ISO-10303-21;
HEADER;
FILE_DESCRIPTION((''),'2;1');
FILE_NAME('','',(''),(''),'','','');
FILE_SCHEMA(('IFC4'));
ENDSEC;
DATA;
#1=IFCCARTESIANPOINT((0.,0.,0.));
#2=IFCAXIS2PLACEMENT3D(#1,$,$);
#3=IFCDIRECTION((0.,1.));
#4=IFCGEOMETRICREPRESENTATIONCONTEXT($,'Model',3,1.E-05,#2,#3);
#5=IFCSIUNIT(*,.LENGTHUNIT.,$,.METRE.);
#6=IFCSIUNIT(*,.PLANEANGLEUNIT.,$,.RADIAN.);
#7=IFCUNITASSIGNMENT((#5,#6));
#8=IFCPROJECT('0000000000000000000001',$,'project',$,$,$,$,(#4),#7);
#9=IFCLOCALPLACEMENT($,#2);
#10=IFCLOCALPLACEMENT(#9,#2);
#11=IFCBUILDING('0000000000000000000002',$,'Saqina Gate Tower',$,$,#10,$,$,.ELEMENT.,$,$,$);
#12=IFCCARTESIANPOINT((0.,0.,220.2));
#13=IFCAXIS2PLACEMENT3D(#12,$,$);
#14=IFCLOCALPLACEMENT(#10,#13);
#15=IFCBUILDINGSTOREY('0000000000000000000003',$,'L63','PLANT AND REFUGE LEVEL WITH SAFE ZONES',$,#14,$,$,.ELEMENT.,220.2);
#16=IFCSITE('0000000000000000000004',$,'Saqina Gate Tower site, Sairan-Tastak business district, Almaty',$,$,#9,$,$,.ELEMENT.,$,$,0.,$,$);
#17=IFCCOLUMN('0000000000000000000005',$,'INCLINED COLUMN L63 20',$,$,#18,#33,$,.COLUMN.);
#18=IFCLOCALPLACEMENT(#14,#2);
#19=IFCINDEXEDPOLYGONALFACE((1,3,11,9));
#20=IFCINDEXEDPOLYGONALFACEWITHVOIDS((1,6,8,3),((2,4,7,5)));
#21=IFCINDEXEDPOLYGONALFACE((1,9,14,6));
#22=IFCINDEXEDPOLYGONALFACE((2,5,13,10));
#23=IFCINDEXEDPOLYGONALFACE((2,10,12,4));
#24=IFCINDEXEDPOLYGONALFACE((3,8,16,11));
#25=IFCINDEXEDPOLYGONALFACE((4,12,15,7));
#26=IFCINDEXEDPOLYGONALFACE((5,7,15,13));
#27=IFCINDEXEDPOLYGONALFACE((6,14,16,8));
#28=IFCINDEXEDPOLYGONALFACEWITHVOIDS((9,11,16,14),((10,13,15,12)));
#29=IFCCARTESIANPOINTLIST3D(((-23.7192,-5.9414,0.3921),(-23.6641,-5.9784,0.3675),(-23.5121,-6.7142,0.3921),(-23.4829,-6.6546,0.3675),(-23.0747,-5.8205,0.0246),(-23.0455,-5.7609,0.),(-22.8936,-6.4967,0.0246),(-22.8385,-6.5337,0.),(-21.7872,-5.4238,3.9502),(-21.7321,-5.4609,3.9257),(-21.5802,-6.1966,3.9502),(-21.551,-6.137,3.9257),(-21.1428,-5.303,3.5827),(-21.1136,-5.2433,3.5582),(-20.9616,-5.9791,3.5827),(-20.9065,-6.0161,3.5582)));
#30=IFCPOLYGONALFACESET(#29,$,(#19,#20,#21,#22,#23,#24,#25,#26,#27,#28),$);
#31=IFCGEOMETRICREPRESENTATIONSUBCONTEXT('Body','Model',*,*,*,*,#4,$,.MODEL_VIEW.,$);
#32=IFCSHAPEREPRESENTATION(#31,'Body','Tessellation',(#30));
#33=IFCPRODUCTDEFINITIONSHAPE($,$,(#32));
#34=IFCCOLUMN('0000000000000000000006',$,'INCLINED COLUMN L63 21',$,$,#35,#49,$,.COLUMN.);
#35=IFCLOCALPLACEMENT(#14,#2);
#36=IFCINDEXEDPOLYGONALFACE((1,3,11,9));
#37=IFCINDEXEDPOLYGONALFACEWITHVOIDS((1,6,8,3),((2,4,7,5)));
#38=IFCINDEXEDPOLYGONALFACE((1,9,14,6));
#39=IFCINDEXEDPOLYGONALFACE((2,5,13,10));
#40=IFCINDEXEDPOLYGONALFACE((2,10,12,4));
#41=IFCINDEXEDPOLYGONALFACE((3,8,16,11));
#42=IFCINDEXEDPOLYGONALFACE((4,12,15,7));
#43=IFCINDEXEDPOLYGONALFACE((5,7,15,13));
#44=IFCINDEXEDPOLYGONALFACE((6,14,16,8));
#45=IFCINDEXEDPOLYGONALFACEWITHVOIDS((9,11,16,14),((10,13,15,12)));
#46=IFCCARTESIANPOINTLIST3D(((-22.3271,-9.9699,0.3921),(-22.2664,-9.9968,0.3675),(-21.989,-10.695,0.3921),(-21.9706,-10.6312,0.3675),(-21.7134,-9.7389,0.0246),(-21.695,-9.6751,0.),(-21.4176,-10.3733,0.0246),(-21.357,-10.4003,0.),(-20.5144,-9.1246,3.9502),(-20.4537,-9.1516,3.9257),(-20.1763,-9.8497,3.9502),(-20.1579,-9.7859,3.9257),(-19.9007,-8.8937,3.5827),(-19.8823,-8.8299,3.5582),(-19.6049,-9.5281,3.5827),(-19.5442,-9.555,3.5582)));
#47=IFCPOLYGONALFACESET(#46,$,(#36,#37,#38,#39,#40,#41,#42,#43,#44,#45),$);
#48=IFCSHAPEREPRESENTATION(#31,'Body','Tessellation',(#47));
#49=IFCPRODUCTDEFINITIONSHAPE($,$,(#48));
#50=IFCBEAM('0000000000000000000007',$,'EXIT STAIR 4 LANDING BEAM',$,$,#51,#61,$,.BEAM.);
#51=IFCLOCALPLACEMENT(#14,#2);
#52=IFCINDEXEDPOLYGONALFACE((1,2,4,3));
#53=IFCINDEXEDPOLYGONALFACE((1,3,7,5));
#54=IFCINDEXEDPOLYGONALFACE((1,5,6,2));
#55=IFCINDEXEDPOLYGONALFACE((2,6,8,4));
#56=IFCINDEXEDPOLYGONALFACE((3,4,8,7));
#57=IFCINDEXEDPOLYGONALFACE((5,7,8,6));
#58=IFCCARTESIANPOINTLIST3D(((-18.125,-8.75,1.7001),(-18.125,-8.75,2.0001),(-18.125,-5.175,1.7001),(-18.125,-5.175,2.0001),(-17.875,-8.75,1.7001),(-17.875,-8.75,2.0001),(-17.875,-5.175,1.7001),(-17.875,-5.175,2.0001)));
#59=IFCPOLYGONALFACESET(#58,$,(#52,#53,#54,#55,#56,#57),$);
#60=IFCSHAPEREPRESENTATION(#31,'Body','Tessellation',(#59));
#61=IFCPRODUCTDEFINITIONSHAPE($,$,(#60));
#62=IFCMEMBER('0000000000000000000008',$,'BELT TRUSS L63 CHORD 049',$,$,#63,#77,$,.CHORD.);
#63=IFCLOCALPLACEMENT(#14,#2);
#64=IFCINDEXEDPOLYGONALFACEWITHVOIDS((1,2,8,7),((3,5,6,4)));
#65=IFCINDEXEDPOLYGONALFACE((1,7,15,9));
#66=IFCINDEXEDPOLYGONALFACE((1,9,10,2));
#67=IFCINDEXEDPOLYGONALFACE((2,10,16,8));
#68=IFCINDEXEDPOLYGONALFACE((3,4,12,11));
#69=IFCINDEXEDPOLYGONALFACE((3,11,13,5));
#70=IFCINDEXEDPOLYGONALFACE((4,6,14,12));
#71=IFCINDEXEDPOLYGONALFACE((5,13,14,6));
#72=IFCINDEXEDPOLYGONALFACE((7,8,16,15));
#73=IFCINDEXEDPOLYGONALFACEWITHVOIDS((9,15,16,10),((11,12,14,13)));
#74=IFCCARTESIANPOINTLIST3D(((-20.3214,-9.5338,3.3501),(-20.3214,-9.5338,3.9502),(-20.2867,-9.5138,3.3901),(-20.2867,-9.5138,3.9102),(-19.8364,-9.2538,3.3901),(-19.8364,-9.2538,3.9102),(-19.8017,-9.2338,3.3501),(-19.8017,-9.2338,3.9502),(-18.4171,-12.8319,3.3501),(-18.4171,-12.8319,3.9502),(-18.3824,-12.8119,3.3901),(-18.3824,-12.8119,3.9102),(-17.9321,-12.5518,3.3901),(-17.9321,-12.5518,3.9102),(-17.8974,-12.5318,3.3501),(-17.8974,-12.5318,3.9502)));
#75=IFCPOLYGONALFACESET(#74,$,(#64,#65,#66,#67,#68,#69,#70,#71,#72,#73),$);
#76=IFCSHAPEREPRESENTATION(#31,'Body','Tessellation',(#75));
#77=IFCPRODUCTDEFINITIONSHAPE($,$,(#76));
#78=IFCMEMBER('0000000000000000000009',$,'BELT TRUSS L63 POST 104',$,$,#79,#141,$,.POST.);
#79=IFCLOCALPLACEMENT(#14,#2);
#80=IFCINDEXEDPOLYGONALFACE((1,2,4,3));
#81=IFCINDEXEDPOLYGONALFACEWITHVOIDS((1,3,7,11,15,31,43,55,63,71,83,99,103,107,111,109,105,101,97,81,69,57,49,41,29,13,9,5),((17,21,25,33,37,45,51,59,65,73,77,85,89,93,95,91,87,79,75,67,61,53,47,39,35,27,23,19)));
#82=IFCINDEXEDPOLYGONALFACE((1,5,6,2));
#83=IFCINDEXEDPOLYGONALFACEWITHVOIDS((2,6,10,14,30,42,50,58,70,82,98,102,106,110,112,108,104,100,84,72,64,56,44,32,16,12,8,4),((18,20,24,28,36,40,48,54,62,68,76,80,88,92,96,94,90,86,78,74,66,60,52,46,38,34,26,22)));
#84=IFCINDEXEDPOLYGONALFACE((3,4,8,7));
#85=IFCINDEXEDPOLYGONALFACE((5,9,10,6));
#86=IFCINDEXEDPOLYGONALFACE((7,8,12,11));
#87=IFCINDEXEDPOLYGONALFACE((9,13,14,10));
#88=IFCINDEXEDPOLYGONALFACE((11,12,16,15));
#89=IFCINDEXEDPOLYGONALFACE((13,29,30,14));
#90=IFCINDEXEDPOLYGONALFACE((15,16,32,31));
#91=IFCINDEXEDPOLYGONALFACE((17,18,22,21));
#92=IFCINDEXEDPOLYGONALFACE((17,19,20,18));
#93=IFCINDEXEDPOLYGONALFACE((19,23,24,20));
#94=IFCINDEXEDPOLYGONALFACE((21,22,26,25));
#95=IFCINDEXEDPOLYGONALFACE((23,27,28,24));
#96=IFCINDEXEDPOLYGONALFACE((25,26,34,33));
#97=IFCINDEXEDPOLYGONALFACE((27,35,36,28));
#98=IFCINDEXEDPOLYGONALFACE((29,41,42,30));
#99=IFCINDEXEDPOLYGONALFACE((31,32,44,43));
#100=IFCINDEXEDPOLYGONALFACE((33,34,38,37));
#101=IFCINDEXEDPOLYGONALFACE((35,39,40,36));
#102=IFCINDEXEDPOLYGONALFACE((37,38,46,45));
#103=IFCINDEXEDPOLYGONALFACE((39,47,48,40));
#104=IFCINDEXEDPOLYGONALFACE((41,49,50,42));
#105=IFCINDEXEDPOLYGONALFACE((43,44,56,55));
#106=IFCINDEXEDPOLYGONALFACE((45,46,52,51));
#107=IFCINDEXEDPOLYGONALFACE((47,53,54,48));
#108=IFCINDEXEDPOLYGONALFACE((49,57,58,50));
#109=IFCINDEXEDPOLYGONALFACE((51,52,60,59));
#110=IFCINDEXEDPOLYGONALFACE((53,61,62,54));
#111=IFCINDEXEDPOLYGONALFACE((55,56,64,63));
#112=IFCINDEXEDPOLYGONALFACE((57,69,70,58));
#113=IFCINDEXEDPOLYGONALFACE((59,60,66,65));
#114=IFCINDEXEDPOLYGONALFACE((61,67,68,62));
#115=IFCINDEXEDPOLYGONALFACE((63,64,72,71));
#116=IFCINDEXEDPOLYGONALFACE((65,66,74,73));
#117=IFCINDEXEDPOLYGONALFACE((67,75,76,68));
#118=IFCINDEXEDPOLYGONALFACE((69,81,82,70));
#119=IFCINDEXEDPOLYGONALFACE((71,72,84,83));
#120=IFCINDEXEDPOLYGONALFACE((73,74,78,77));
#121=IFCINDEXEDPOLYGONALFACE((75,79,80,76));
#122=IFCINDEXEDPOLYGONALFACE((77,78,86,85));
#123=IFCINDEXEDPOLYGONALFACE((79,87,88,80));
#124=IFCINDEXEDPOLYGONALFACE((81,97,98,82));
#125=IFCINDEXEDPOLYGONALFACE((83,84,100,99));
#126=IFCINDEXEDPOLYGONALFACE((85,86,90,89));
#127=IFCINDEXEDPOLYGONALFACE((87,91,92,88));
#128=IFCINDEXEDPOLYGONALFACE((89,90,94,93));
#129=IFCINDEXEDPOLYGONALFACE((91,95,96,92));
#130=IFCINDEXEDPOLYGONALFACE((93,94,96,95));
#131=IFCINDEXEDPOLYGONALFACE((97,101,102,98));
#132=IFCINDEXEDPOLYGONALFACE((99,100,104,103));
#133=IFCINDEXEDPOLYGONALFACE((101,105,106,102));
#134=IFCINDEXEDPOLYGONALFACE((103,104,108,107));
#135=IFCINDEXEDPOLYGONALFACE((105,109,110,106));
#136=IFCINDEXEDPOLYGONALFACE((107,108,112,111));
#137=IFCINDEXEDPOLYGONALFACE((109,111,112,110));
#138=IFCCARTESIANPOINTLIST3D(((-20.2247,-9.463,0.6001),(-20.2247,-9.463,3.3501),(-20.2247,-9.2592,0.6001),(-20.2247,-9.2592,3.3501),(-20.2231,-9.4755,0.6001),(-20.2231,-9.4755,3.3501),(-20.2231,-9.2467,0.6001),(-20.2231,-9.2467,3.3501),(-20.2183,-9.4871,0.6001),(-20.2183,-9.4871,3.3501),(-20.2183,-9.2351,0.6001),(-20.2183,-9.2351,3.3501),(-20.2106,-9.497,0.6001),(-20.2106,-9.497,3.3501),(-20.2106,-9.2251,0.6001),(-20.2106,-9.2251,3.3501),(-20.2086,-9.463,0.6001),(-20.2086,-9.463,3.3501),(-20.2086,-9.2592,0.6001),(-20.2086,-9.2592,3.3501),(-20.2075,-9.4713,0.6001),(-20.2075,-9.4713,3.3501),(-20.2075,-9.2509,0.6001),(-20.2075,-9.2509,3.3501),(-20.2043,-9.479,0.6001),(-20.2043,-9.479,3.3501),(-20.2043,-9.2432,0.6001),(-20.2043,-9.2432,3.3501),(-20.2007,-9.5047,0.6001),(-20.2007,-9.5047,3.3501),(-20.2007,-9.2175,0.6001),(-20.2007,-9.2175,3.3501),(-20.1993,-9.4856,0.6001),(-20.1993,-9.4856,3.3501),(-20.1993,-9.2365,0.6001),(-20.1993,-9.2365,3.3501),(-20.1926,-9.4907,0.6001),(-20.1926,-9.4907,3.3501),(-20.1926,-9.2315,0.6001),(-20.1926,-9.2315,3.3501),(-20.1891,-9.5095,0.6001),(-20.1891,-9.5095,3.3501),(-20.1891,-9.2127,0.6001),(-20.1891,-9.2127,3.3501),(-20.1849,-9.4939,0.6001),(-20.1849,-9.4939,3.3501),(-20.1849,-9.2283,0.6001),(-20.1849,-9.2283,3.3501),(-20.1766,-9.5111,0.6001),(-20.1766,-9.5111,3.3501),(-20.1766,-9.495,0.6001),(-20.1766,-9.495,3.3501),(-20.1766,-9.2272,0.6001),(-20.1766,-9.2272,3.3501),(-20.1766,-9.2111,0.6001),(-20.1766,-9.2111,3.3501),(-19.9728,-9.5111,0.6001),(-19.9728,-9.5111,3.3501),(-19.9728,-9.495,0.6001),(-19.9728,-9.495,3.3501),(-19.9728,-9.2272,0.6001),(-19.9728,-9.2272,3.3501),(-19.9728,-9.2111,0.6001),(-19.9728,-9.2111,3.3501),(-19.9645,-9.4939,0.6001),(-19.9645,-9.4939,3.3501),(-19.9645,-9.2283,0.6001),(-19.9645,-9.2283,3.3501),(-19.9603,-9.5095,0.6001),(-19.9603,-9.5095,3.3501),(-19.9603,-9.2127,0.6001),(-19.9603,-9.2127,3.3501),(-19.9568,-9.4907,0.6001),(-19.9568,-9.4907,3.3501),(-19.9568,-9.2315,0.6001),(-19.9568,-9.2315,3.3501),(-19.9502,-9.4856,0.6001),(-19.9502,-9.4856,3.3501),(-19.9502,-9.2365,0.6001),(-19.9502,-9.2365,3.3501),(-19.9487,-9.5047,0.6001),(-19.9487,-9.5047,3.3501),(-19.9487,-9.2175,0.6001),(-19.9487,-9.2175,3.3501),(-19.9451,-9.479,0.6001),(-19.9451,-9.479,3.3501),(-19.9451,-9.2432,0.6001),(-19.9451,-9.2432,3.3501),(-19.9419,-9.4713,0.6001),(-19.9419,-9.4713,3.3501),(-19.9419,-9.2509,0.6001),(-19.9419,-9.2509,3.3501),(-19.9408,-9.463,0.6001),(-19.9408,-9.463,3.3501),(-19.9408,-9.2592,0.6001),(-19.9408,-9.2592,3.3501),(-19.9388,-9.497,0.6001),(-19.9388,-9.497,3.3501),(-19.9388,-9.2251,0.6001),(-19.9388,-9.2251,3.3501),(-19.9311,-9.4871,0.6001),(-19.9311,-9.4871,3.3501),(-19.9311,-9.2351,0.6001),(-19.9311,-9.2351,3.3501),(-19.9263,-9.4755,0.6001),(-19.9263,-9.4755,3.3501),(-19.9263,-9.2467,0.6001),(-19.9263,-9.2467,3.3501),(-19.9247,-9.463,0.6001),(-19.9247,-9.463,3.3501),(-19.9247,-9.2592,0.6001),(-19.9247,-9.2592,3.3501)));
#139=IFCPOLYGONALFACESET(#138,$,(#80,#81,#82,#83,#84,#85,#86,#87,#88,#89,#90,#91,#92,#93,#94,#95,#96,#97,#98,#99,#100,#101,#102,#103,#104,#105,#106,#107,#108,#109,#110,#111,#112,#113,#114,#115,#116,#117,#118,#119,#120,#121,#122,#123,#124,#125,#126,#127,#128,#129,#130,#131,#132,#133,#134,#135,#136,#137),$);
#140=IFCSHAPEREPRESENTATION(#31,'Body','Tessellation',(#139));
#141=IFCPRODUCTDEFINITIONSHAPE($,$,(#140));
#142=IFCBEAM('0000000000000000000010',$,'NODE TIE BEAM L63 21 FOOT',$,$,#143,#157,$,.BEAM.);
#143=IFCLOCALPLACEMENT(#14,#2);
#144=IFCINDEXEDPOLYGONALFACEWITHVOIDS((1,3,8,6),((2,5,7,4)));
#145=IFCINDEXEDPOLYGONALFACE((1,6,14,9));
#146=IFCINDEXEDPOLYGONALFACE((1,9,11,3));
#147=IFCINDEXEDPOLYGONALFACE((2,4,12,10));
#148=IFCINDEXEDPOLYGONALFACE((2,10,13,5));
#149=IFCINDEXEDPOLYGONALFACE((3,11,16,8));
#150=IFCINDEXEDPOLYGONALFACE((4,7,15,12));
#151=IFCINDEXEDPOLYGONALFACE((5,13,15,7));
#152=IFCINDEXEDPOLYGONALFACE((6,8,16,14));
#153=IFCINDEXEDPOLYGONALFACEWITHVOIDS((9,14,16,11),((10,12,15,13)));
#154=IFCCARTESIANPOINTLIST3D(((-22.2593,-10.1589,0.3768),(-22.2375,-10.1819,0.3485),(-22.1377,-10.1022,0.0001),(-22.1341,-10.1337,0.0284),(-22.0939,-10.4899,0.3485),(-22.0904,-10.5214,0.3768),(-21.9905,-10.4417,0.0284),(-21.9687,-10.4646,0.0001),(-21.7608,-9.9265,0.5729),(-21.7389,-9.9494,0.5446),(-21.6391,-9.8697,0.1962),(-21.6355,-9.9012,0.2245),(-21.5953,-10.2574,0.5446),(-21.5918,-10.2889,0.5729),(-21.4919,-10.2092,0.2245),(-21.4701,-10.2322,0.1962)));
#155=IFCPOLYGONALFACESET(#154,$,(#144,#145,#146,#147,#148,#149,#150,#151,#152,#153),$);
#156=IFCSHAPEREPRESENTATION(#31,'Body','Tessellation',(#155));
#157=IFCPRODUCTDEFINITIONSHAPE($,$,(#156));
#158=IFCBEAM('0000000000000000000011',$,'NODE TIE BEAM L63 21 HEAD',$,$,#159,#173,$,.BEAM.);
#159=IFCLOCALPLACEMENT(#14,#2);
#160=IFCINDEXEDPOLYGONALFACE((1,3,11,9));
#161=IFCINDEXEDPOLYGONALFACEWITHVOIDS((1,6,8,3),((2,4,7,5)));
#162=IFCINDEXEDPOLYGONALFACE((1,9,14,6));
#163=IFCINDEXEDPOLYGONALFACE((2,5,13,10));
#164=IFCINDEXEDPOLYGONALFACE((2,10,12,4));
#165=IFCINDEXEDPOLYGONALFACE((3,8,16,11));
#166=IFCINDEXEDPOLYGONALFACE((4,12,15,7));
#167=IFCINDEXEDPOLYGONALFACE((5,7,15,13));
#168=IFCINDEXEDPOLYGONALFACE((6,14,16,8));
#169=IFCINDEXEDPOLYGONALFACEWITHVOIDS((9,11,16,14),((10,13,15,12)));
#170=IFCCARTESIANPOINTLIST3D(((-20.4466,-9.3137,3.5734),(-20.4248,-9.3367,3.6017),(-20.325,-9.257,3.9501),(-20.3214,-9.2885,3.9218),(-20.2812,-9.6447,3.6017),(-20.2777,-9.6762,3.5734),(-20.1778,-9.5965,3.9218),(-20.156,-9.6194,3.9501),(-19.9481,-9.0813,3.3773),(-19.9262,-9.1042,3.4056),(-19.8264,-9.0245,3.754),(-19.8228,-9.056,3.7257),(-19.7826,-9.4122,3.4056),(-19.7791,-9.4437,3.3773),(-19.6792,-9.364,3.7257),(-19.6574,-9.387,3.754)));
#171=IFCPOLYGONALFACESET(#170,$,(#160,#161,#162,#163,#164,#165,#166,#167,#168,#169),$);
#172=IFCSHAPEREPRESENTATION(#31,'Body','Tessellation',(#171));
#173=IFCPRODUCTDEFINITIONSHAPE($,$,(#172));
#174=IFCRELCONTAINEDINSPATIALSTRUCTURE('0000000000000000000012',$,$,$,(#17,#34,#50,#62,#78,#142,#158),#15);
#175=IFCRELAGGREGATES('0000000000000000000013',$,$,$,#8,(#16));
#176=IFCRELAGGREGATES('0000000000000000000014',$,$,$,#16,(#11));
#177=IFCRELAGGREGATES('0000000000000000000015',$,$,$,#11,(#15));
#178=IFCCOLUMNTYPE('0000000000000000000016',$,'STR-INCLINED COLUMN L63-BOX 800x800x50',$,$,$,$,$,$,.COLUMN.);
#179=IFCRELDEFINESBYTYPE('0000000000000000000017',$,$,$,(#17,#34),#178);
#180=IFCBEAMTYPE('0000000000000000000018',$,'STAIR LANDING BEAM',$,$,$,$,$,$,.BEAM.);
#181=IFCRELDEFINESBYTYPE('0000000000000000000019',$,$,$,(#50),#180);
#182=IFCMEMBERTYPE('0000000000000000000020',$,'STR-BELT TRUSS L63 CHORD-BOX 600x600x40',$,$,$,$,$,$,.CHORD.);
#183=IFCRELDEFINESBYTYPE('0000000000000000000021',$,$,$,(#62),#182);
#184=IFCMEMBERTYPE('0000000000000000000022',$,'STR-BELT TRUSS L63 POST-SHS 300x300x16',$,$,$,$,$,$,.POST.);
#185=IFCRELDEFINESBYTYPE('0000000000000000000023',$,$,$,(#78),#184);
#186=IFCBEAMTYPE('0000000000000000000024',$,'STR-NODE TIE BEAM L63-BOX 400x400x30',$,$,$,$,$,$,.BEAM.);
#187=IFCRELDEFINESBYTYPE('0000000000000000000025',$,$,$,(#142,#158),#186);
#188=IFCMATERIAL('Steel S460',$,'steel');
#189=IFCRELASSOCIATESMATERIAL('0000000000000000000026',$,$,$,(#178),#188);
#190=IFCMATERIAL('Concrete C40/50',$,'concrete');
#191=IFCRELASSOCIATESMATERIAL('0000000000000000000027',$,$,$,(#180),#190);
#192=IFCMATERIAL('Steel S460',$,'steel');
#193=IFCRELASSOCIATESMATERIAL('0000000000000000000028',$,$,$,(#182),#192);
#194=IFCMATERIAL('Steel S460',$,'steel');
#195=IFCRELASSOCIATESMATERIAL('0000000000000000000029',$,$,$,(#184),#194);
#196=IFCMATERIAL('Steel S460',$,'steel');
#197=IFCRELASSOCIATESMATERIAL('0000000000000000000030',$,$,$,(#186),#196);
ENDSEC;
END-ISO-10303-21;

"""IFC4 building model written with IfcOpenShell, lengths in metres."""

from ifc_helpers import new_model, si_unit, direction, frame, origin, origin_2d, place, context, subcontext, project, spatial, rectangle, hollow_rectangle, extrude, material, material_profile, profile_set, type_object, element, save


model = new_model("IFC4")

# Units and contexts
model_context = context("Model", 3, precision=1e-05, world=origin(), true_north=direction((0.0, 1.0)))
body_context = subcontext(model_context, "Body", "Model", "MODEL_VIEW")
ifc_project = project(units=[si_unit("LENGTHUNIT", "METRE"), si_unit("PLANEANGLEUNIT", "RADIAN")], contexts=[model_context])

# Site, building, storey
site_placement = place(None, origin())
site = spatial("IfcSite", under=ifc_project, at=site_placement, Name="Saqina Gate Tower site, Sairan-Tastak business district, Almaty", CompositionType="ELEMENT", RefElevation=0.0)
building_placement = place(site_placement, origin())
building = spatial("IfcBuilding", under=site, at=building_placement, Name="Saqina Gate Tower", CompositionType="ELEMENT")
storey_placement = place(building_placement, frame((0.0, 0.0, 220.2)))
storey = spatial("IfcBuildingStorey", under=building, at=storey_placement, Name="L63", Description="PLANT AND REFUGE LEVEL WITH SAFE ZONES", CompositionType="ELEMENT", Elevation=220.2)

# Columns
ifc_material_1 = material(Name="Steel S460", Category="steel")
ifc_material_profile_1 = material_profile(ifc_material_1, hollow_rectangle(XDim=0.8, YDim=0.8, WallThickness=0.05, at=origin_2d()), Name="BOX 800x800x50")
ifc_profile_set_1 = profile_set([ifc_material_profile_1], Name="Steel S460")
column_type = type_object("IfcColumnType", Name="STR-INCLINED COLUMN L63-BOX 800x800x50", PredefinedType="COLUMN", material=ifc_profile_set_1)
for number, where, z_axis, x_axis, name in (
    (1, (-23.2788, -6.2375, 0.196), (0.473305, 0.126805, 0.871724), (-0.258787, 0.965934, 0.0), "INCLINED COLUMN L63 20"),
    (2, (-21.842, -10.1851, 0.196), (0.444111, 0.207073, 0.871714), (-0.422585, 0.906323, 0.0), "INCLINED COLUMN L63 21"),
):
    element("IfcColumn", number, at=place(storey_placement, frame(where, z_axis=z_axis, x_axis=x_axis)), inside=storey, type_object=column_type, Name=name, PredefinedType="COLUMN", context=body_context, shape_type="SweptSolid", body=[
        extrude(hollow_rectangle(XDim=0.8, YDim=0.8, WallThickness=0.05, at=origin_2d()), origin(), (0.0, 0.0, 1.0), 4.0818),
    ])

# Beam
ifc_material_2 = material(Name="Concrete C40/50", Category="concrete")
ifc_material_profile_2 = material_profile(ifc_material_2, rectangle(XDim=0.25, YDim=0.3, at=origin_2d()), Name="STAIR LANDING BEAM")
ifc_profile_set_2 = profile_set([ifc_material_profile_2], Name="Concrete C40/50")
beam_type_1 = type_object("IfcBeamType", Name="STAIR LANDING BEAM", PredefinedType="BEAM", material=ifc_profile_set_2)
beam_placement = place(storey_placement, frame((-18.0, -8.75, 1.8501), z_axis=(0.0, 1.0, 0.0), x_axis=(-1.0, 0.0, 0.0)))
element("IfcBeam", 3, at=beam_placement, inside=storey, type_object=beam_type_1, Name="EXIT STAIR 4 LANDING BEAM", PredefinedType="BEAM", context=body_context, shape_type="SweptSolid", body=[
    extrude(rectangle(XDim=0.25, YDim=0.3, at=origin_2d()), origin(), (0.0, 0.0, 1.0), 3.575),
])

# Members
ifc_material_3 = material(Name="Steel S460", Category="steel")
ifc_material_profile_3 = material_profile(ifc_material_3, hollow_rectangle(XDim=0.6001, YDim=0.6001, WallThickness=0.04, at=origin_2d()), Name="BOX 600x600x40")
ifc_profile_set_3 = profile_set([ifc_material_profile_3], Name="Steel S460")
member_type_1 = type_object("IfcMemberType", Name="STR-BELT TRUSS L63 CHORD-BOX 600x600x40", PredefinedType="CHORD", material=ifc_profile_set_3)
member_1_placement = place(storey_placement, frame((-20.0615, -9.3838, 3.6501), z_axis=(0.500028, -0.866009, 0.0), x_axis=(0.866009, 0.500028, 0.0)))
element("IfcMember", 4, at=member_1_placement, inside=storey, type_object=member_type_1, Name="BELT TRUSS L63 CHORD 049", PredefinedType="CHORD", context=body_context, shape_type="SweptSolid", body=[
    extrude(hollow_rectangle(XDim=0.6001, YDim=0.6001, WallThickness=0.04, at=origin_2d()), origin(), (0.0, 0.0, 1.0), 3.8083),
])
ifc_material_4 = material(Name="Steel S460", Category="steel")
ifc_material_profile_4 = material_profile(ifc_material_4, hollow_rectangle(XDim=0.3, YDim=0.3, WallThickness=0.0161, InnerFilletRadius=0.032, OuterFilletRadius=0.0481, at=origin_2d()), Name="SHS 300x300x16")
ifc_profile_set_4 = profile_set([ifc_material_profile_4], Name="Steel S460")
member_type_2 = type_object("IfcMemberType", Name="STR-BELT TRUSS L63 POST-SHS 300x300x16", PredefinedType="POST", material=ifc_profile_set_4)
member_2_placement = place(storey_placement, frame((-20.0747, -9.3611, 0.6001), z_axis=(0.0, 0.0, 1.0), x_axis=(1.0, 0.0, 0.0)))
element("IfcMember", 5, at=member_2_placement, inside=storey, type_object=member_type_2, Name="BELT TRUSS L63 POST 104", PredefinedType="POST", context=body_context, shape_type="SweptSolid", body=[
    extrude(hollow_rectangle(XDim=0.3, YDim=0.3, WallThickness=0.0161, InnerFilletRadius=0.032, OuterFilletRadius=0.0481, at=origin_2d()), origin(), (0.0, 0.0, 1.0), 2.75),
])

# Beams
ifc_material_5 = material(Name="Steel S460", Category="steel")
ifc_material_profile_5 = material_profile(ifc_material_5, hollow_rectangle(XDim=0.3999, YDim=0.3999, WallThickness=0.03, at=origin_2d()), Name="BOX 400x400x30")
ifc_profile_set_5 = profile_set([ifc_material_profile_5], Name="Steel S460")
beam_type_2 = type_object("IfcBeamType", Name="STR-NODE TIE BEAM L63-BOX 400x400x30", PredefinedType="BEAM", material=ifc_profile_set_5)
for number, where, z_axis, x_axis, name in (
    (6, (-22.114, -10.3118, 0.1885), (0.853738, 0.398021, 0.335725), (-0.422545, 0.906342, 0.0), "NODE TIE BEAM L63 21 FOOT"),
    (7, (-19.8027, -9.2341, 3.5657), (-0.853738, -0.398021, 0.335725), (0.422545, -0.906342, 0.0), "NODE TIE BEAM L63 21 HEAD"),
):
    element("IfcBeam", number, at=place(storey_placement, frame(where, z_axis=z_axis, x_axis=x_axis)), inside=storey, type_object=beam_type_2, Name=name, PredefinedType="BEAM", context=body_context, shape_type="SweptSolid", body=[
        extrude(hollow_rectangle(XDim=0.3999, YDim=0.3999, WallThickness=0.03, at=origin_2d()), origin(), (0.0, 0.0, 1.0), 0.584),
    ])

save(model, "model.ifc")
